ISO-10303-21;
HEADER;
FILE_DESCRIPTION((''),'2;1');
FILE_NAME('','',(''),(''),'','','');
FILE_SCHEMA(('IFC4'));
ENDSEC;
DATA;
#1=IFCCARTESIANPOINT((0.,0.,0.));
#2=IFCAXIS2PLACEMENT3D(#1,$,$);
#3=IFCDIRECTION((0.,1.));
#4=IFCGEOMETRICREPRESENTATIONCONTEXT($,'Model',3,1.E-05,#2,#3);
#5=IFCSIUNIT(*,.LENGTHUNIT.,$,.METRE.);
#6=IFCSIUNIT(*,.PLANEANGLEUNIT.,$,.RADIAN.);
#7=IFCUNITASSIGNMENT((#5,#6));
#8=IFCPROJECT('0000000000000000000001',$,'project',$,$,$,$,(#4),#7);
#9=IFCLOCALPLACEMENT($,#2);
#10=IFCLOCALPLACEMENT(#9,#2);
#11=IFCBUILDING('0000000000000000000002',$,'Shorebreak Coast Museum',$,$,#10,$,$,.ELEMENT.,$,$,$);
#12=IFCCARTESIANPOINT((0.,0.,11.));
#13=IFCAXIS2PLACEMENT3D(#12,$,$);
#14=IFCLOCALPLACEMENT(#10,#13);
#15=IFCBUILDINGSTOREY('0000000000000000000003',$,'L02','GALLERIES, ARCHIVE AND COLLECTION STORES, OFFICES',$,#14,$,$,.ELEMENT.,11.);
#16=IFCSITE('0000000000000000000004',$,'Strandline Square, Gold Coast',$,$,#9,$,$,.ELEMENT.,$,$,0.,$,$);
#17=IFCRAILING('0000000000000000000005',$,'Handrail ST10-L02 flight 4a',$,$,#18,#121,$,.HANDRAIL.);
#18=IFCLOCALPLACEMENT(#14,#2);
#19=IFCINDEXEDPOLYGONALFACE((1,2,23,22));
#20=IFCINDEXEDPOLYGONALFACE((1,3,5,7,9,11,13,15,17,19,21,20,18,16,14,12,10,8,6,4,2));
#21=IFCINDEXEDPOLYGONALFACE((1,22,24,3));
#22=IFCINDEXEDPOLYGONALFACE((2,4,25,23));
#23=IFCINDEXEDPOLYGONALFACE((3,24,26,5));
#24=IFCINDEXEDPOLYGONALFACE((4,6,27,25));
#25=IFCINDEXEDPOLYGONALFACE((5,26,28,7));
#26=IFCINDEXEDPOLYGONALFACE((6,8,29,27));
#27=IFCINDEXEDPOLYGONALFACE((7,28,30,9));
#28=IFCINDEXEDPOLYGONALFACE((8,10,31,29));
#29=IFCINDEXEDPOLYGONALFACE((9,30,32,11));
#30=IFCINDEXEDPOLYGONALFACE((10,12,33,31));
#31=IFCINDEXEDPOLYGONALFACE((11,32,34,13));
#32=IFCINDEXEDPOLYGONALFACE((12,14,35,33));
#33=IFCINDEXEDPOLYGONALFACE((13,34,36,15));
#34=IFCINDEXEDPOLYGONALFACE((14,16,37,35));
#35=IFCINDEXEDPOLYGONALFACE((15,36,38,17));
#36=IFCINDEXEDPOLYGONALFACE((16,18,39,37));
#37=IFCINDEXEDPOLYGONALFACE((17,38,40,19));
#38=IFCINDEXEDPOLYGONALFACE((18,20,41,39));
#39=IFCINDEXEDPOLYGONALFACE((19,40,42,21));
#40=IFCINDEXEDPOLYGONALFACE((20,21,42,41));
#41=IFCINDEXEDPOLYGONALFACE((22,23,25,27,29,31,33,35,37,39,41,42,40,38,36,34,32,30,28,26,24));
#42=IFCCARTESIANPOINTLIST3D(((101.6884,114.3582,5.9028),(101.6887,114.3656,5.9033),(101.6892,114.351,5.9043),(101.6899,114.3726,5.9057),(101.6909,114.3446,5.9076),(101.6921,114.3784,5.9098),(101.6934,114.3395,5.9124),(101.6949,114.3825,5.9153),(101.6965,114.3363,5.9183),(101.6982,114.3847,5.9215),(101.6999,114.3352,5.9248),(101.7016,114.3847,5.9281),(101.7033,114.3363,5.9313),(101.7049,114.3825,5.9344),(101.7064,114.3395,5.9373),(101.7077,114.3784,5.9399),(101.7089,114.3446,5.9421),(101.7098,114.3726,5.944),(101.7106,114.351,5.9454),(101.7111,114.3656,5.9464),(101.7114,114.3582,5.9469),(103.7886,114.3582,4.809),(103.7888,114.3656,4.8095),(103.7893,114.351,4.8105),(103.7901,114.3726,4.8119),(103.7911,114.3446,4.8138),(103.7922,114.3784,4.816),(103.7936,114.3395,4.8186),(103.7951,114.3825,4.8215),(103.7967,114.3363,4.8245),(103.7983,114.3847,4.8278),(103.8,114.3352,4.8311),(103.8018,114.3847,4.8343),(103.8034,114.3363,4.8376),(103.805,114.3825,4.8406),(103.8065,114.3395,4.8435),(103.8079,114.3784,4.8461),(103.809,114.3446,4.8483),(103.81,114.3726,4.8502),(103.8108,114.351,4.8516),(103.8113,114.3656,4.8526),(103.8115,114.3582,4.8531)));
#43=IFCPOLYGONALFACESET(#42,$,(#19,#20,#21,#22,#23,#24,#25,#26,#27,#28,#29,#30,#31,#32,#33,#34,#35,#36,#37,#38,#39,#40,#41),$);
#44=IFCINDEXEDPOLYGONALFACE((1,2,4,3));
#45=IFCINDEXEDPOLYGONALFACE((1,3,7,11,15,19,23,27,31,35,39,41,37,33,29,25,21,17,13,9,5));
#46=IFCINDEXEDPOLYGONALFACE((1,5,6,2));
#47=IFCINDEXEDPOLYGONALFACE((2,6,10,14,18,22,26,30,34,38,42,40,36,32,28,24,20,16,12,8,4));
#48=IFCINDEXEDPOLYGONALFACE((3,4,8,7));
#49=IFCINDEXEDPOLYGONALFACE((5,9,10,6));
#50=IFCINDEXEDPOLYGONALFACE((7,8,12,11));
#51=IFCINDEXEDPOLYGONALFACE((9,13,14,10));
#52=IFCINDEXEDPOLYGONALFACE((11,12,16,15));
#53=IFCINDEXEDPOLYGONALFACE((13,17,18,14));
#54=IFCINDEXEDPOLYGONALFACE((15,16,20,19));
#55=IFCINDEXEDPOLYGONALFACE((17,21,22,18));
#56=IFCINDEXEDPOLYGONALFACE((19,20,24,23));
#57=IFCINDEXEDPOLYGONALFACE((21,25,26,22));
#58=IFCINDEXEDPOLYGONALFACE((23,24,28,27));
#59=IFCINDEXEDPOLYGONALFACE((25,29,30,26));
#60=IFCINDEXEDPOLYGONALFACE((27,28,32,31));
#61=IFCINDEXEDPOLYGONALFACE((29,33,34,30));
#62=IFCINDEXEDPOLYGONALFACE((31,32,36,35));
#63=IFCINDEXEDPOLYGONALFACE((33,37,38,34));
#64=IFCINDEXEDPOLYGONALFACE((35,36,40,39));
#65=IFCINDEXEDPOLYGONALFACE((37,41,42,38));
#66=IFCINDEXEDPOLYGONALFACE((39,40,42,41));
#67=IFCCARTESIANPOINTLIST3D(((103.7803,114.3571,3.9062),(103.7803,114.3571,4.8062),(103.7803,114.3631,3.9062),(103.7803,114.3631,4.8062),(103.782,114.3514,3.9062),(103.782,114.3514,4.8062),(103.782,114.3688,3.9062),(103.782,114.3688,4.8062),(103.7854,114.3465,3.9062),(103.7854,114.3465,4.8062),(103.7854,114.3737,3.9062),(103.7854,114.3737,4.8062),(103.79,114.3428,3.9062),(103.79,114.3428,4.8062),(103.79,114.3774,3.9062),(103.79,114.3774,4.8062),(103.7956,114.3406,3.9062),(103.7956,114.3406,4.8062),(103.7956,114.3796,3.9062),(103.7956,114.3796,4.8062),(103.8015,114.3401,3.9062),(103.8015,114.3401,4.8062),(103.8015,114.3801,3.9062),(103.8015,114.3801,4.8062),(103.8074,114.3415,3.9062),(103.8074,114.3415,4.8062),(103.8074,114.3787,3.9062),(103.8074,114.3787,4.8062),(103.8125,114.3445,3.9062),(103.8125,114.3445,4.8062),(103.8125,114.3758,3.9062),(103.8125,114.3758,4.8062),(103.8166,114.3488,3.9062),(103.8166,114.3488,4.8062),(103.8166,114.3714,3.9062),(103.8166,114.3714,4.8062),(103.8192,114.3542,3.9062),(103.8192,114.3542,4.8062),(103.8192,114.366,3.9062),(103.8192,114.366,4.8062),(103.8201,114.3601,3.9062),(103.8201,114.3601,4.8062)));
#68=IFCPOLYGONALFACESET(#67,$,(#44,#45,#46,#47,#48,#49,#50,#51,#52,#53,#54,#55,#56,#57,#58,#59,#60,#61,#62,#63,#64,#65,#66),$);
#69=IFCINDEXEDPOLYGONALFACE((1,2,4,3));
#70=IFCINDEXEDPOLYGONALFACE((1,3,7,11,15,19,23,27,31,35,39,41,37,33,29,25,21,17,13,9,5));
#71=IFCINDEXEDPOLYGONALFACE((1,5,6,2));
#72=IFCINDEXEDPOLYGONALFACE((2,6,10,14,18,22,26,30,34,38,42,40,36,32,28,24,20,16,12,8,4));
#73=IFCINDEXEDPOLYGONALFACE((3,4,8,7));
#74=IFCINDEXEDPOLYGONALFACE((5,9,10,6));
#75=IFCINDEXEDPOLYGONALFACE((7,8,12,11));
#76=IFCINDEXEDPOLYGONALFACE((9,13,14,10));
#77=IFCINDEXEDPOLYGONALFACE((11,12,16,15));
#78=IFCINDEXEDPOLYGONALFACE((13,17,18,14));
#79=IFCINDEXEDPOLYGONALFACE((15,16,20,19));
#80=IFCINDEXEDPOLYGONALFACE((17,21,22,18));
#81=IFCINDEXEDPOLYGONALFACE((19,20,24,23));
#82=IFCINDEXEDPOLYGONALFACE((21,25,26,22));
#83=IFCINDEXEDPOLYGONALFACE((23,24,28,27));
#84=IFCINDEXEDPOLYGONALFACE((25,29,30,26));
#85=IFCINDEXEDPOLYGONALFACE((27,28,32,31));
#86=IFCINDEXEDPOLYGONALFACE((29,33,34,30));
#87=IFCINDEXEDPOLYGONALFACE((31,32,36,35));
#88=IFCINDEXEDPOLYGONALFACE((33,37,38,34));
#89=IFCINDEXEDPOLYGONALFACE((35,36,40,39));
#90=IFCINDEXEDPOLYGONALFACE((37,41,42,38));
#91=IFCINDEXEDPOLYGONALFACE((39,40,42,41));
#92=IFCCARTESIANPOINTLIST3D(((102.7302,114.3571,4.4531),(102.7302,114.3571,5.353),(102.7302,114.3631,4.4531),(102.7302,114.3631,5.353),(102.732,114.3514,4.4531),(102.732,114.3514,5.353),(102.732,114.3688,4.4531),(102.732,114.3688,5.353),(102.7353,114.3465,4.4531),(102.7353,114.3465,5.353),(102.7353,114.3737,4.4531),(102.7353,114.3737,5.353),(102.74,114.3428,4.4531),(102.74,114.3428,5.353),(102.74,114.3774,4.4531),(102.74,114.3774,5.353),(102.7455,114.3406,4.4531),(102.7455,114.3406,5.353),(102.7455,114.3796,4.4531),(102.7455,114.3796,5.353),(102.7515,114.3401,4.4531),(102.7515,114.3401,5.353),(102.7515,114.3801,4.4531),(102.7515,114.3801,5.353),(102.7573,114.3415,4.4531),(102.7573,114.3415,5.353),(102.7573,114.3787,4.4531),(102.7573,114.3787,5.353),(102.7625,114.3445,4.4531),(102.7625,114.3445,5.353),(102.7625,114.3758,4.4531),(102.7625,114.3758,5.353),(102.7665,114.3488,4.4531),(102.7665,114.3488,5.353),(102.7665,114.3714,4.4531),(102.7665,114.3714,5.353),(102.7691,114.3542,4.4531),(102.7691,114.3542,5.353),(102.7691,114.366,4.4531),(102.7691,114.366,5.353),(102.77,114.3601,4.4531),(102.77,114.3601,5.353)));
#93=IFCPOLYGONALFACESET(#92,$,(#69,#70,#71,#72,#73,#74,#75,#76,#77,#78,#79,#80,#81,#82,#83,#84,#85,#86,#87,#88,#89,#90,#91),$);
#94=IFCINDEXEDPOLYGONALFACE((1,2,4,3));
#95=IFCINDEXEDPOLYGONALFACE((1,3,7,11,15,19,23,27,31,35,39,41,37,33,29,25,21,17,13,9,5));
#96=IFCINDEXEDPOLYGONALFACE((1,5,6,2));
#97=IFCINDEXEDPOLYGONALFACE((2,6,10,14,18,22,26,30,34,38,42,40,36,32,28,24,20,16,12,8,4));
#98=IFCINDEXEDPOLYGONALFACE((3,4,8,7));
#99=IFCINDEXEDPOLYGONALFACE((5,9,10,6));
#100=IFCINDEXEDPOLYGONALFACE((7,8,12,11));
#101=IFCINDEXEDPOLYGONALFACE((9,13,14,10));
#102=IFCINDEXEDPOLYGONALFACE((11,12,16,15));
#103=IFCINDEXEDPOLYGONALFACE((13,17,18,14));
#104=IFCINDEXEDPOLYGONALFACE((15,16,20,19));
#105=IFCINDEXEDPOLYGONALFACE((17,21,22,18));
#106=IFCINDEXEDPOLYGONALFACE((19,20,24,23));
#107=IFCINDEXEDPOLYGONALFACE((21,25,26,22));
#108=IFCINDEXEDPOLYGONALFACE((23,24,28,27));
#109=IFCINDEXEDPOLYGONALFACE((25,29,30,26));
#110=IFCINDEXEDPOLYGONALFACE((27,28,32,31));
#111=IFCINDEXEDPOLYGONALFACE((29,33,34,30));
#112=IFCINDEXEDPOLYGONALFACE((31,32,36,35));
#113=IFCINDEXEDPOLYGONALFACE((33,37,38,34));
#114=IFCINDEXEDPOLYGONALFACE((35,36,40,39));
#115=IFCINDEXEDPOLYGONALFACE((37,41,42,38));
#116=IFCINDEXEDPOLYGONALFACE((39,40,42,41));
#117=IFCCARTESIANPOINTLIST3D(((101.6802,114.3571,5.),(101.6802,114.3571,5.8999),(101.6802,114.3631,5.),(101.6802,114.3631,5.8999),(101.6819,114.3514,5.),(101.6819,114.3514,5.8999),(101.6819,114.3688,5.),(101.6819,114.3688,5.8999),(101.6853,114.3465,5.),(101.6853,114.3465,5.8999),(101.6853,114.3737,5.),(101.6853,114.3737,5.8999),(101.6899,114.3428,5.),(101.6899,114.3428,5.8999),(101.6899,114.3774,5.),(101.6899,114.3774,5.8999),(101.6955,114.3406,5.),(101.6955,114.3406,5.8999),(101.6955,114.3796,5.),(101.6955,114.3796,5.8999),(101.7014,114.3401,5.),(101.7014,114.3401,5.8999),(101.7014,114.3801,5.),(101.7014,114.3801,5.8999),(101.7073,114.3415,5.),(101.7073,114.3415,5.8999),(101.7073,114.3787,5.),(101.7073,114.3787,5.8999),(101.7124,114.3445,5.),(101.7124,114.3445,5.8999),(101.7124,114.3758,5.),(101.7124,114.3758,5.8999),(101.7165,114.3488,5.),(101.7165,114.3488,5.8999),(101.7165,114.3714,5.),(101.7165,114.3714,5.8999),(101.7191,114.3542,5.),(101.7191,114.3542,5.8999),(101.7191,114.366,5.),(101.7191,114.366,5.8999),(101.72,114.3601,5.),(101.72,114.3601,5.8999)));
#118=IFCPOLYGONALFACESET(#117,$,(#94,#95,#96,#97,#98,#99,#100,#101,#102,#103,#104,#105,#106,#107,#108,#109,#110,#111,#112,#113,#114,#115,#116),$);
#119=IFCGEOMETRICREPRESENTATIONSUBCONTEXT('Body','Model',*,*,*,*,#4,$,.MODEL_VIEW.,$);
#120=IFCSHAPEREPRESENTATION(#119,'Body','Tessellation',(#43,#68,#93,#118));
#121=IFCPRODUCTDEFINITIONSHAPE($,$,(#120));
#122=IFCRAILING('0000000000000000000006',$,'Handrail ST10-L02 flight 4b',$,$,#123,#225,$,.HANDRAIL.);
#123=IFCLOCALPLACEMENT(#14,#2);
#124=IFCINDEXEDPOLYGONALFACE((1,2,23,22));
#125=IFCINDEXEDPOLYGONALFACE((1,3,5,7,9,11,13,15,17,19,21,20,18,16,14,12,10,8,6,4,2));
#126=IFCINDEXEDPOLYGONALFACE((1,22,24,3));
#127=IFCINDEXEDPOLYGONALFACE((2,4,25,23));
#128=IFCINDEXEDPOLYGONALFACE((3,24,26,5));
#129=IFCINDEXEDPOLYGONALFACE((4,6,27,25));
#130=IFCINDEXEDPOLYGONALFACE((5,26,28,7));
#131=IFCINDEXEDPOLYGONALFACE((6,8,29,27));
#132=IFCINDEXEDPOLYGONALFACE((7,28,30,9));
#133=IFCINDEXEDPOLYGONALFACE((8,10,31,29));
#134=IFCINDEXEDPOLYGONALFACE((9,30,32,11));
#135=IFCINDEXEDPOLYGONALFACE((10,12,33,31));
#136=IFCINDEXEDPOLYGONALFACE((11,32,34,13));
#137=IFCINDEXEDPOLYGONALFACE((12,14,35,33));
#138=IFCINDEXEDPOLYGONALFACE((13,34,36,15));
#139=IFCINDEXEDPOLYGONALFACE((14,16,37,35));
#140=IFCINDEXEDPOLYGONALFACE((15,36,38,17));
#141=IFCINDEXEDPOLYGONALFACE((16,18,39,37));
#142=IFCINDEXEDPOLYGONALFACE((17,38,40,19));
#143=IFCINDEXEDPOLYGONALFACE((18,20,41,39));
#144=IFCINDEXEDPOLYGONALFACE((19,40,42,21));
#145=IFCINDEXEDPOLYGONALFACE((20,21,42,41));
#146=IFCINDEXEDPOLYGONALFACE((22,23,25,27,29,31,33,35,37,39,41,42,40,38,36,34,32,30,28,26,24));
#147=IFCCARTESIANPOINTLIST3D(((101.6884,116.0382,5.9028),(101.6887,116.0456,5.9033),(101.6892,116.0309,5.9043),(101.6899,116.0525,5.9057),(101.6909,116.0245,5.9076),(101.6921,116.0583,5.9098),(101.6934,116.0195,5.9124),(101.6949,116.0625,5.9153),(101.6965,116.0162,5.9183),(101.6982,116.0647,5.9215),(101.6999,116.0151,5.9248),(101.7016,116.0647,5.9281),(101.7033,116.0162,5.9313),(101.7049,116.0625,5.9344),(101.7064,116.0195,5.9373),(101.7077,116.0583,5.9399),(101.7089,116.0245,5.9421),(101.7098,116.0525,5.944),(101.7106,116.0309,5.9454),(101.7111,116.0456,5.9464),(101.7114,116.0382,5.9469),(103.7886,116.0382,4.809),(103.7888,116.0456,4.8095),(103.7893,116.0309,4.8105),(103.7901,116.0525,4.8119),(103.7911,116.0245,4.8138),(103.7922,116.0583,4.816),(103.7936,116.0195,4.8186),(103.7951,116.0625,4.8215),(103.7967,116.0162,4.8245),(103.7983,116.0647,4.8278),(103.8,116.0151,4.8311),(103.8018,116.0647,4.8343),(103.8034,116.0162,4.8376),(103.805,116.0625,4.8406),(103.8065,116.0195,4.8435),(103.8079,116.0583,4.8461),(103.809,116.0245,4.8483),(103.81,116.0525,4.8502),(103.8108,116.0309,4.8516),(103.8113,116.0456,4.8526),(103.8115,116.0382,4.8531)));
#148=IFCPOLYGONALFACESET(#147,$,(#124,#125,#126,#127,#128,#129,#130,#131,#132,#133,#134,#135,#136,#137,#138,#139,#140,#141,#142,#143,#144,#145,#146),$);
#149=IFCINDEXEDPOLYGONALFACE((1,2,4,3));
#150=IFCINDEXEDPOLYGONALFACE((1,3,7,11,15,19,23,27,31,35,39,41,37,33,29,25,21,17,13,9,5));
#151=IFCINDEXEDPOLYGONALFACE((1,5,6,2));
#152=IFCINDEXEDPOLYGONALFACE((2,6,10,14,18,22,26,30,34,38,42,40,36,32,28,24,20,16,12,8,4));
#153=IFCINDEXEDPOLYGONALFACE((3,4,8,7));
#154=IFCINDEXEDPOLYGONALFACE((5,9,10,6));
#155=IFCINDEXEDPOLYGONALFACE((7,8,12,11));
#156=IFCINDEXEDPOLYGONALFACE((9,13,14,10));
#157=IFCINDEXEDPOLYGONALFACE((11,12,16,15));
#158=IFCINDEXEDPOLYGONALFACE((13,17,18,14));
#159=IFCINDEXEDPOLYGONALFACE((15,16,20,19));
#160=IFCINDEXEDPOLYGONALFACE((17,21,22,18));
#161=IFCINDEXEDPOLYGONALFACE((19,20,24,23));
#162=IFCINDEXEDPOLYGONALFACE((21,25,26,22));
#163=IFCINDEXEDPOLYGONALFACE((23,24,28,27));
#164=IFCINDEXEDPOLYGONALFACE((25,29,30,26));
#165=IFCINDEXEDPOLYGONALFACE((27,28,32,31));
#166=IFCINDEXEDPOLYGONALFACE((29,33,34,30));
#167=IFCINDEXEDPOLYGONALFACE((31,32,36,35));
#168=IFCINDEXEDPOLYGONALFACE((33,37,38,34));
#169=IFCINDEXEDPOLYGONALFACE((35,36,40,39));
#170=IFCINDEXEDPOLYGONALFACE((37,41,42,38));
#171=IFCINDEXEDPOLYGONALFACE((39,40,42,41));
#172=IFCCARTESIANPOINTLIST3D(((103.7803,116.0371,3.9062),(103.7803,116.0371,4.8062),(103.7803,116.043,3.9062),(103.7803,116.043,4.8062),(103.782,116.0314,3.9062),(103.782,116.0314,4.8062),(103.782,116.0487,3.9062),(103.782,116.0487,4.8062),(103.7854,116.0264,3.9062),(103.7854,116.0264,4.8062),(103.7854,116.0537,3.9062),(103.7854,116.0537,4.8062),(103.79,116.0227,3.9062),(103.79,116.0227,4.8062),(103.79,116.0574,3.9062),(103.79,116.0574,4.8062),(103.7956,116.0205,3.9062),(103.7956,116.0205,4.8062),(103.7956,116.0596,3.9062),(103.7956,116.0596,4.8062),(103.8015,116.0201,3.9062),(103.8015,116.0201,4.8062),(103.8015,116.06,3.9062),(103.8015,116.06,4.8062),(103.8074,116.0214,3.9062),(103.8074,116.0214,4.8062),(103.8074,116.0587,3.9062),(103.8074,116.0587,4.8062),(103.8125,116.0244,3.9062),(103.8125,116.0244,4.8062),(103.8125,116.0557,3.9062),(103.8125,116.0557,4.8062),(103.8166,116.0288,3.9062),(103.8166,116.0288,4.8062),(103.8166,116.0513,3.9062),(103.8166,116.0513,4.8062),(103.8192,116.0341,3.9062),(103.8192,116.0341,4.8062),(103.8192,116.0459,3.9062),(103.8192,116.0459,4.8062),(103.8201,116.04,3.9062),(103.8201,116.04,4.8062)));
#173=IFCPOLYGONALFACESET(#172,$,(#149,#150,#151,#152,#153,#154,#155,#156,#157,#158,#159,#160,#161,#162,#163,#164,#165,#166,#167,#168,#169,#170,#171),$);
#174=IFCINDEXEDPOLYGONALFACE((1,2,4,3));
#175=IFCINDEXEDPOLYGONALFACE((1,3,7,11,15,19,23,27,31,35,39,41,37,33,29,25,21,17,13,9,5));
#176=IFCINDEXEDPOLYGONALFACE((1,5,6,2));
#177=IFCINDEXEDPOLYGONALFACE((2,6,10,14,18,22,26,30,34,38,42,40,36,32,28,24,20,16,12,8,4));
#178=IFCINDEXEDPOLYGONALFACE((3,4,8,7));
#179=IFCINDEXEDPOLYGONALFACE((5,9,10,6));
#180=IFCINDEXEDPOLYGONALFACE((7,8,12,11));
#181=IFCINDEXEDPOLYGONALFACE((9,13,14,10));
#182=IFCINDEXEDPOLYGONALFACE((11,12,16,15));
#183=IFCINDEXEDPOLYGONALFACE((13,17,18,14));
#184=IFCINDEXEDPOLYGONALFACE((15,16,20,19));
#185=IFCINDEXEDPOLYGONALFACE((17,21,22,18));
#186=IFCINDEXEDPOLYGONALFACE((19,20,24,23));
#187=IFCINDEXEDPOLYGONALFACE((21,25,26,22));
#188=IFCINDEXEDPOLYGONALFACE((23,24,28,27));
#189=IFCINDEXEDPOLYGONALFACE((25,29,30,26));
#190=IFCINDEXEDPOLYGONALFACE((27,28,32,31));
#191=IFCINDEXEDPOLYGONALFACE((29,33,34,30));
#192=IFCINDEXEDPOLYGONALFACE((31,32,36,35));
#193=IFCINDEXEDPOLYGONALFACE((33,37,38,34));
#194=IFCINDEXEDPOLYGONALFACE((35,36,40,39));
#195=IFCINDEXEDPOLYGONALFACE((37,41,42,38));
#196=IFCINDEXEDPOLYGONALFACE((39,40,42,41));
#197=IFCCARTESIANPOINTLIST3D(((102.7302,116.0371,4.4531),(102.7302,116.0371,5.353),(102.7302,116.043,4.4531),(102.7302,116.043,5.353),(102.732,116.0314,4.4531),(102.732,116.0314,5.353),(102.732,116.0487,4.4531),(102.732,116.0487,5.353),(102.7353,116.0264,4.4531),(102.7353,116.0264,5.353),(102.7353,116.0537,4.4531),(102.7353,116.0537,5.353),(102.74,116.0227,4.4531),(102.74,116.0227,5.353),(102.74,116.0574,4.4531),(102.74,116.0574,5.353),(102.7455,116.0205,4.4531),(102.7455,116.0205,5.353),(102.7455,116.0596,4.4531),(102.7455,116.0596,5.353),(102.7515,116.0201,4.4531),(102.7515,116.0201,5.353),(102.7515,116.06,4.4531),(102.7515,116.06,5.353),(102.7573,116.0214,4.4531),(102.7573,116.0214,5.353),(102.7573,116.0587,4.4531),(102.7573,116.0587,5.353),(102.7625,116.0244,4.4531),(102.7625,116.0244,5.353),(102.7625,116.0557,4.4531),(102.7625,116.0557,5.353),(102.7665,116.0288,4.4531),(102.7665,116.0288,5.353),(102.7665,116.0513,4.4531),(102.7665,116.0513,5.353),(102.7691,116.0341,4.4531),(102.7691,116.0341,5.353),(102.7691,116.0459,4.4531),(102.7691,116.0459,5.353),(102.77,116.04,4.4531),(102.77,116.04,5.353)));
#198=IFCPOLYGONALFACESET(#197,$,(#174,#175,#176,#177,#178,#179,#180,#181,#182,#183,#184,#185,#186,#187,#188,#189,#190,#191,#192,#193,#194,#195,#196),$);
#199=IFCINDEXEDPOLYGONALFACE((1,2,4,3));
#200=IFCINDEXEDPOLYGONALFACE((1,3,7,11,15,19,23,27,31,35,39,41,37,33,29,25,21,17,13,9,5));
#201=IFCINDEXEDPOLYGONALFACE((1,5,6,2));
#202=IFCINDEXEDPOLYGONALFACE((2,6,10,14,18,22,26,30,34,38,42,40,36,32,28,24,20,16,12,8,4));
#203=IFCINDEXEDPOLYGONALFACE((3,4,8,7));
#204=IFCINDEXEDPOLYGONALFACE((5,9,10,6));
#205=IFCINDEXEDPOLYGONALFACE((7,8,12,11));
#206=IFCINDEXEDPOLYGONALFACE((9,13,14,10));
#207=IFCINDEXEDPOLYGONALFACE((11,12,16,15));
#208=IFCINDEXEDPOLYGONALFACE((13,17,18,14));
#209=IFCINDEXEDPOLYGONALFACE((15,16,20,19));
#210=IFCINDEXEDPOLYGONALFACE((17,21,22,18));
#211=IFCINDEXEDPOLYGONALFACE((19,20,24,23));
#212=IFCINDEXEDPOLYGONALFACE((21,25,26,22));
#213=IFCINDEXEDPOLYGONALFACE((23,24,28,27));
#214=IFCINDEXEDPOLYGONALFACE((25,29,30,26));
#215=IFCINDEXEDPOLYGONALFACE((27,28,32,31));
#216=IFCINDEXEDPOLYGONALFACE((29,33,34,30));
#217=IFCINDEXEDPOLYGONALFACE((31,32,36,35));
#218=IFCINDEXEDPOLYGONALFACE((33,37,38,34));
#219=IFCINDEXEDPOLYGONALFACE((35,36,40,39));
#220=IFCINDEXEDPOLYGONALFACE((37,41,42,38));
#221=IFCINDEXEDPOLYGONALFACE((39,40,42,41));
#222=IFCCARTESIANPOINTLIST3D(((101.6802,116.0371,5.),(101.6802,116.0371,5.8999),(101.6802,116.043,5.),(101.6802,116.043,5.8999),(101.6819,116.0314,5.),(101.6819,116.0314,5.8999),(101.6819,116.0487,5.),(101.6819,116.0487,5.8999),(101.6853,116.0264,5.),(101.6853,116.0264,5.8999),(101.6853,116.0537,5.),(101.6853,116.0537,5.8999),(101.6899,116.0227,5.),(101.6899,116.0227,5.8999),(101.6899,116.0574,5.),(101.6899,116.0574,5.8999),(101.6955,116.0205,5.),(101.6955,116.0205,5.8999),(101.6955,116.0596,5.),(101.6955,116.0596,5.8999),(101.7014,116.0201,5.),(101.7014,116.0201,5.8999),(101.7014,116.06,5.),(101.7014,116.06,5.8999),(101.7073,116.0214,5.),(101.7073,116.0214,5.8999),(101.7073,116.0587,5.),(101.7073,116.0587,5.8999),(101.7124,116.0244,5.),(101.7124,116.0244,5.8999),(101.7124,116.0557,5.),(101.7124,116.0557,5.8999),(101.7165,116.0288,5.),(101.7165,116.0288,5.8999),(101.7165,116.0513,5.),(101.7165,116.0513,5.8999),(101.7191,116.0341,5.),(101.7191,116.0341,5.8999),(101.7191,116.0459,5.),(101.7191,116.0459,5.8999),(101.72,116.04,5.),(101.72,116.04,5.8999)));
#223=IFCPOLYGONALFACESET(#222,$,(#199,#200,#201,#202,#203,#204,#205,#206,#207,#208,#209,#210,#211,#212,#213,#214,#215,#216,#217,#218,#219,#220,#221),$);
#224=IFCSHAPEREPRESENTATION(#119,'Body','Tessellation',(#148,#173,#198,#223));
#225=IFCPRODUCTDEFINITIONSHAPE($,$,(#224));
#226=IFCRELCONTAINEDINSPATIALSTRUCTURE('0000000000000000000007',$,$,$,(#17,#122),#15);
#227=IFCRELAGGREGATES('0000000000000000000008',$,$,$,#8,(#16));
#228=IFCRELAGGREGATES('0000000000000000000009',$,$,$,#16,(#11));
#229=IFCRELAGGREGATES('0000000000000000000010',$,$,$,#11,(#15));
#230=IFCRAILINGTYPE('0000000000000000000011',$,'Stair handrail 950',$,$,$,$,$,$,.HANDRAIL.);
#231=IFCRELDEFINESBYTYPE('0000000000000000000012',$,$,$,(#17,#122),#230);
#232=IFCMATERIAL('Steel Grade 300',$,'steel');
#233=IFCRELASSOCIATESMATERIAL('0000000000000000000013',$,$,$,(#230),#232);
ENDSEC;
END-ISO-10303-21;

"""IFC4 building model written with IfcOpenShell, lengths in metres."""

from ifc_helpers import new_model, si_unit, direction, frame, origin, origin_2d, place, context, subcontext, project, spatial, circle, extrude, material, type_object, element, save


model = new_model("IFC4")

# Units and contexts
model_context = context("Model", 3, precision=1e-05, world=origin(), true_north=direction((0.0, 1.0)))
body_context = subcontext(model_context, "Body", "Model", "MODEL_VIEW")
ifc_project = project(units=[si_unit("LENGTHUNIT", "METRE"), si_unit("PLANEANGLEUNIT", "RADIAN")], contexts=[model_context])

# Site, building, storey
site_placement = place(None, origin())
site = spatial("IfcSite", under=ifc_project, at=site_placement, Name="Strandline Square, Gold Coast", CompositionType="ELEMENT", RefElevation=0.0)
building_placement = place(site_placement, origin())
building = spatial("IfcBuilding", under=site, at=building_placement, Name="Shorebreak Coast Museum", CompositionType="ELEMENT")
storey_placement = place(building_placement, frame((0.0, 0.0, 11.0)))
storey = spatial("IfcBuildingStorey", under=building, at=storey_placement, Name="L02", Description="GALLERIES, ARCHIVE AND COLLECTION STORES, OFFICES", CompositionType="ELEMENT", Elevation=11.0)

# Railings
ifc_material_1 = material(Name="Steel Grade 300", Category="steel")
railing_type_1 = type_object("IfcRailingType", Name="Stair handrail 950", PredefinedType="HANDRAIL", material=ifc_material_1)
for number, where, name in (
    (1, (103.8, 114.3601, 3.9062), "Handrail ST10-L02 flight 4a"),
    (2, (103.8, 116.04, 3.9062), "Handrail ST10-L02 flight 4b"),
):
    element("IfcRailing", number, at=place(storey_placement, frame(where)), inside=storey, type_object=railing_type_1, Name=name, PredefinedType="HANDRAIL", context=body_context, shape_type="SweptSolid", body=[
        extrude(circle(Radius=0.0249, at=origin_2d()), frame((0.0, 0.0, 0.9248), z_axis=(-0.886923, 0.0, 0.461918), x_axis=(0.0, -1.0, 0.0)), (0.0, 0.0, 1.0), 2.3679),
        extrude(circle(Radius=0.02, at=origin_2d()), origin(), (0.0, 0.0, 1.0), 0.8999),
        extrude(circle(Radius=0.02, at=origin_2d()), frame((-1.05, 0.0, 0.5469)), (0.0, 0.0, 1.0), 0.8999),
        extrude(circle(Radius=0.02, at=origin_2d()), frame((-2.1001, 0.0, 1.0938)), (0.0, 0.0, 1.0), 0.8999),
    ])

save(model, "model.ifc")
